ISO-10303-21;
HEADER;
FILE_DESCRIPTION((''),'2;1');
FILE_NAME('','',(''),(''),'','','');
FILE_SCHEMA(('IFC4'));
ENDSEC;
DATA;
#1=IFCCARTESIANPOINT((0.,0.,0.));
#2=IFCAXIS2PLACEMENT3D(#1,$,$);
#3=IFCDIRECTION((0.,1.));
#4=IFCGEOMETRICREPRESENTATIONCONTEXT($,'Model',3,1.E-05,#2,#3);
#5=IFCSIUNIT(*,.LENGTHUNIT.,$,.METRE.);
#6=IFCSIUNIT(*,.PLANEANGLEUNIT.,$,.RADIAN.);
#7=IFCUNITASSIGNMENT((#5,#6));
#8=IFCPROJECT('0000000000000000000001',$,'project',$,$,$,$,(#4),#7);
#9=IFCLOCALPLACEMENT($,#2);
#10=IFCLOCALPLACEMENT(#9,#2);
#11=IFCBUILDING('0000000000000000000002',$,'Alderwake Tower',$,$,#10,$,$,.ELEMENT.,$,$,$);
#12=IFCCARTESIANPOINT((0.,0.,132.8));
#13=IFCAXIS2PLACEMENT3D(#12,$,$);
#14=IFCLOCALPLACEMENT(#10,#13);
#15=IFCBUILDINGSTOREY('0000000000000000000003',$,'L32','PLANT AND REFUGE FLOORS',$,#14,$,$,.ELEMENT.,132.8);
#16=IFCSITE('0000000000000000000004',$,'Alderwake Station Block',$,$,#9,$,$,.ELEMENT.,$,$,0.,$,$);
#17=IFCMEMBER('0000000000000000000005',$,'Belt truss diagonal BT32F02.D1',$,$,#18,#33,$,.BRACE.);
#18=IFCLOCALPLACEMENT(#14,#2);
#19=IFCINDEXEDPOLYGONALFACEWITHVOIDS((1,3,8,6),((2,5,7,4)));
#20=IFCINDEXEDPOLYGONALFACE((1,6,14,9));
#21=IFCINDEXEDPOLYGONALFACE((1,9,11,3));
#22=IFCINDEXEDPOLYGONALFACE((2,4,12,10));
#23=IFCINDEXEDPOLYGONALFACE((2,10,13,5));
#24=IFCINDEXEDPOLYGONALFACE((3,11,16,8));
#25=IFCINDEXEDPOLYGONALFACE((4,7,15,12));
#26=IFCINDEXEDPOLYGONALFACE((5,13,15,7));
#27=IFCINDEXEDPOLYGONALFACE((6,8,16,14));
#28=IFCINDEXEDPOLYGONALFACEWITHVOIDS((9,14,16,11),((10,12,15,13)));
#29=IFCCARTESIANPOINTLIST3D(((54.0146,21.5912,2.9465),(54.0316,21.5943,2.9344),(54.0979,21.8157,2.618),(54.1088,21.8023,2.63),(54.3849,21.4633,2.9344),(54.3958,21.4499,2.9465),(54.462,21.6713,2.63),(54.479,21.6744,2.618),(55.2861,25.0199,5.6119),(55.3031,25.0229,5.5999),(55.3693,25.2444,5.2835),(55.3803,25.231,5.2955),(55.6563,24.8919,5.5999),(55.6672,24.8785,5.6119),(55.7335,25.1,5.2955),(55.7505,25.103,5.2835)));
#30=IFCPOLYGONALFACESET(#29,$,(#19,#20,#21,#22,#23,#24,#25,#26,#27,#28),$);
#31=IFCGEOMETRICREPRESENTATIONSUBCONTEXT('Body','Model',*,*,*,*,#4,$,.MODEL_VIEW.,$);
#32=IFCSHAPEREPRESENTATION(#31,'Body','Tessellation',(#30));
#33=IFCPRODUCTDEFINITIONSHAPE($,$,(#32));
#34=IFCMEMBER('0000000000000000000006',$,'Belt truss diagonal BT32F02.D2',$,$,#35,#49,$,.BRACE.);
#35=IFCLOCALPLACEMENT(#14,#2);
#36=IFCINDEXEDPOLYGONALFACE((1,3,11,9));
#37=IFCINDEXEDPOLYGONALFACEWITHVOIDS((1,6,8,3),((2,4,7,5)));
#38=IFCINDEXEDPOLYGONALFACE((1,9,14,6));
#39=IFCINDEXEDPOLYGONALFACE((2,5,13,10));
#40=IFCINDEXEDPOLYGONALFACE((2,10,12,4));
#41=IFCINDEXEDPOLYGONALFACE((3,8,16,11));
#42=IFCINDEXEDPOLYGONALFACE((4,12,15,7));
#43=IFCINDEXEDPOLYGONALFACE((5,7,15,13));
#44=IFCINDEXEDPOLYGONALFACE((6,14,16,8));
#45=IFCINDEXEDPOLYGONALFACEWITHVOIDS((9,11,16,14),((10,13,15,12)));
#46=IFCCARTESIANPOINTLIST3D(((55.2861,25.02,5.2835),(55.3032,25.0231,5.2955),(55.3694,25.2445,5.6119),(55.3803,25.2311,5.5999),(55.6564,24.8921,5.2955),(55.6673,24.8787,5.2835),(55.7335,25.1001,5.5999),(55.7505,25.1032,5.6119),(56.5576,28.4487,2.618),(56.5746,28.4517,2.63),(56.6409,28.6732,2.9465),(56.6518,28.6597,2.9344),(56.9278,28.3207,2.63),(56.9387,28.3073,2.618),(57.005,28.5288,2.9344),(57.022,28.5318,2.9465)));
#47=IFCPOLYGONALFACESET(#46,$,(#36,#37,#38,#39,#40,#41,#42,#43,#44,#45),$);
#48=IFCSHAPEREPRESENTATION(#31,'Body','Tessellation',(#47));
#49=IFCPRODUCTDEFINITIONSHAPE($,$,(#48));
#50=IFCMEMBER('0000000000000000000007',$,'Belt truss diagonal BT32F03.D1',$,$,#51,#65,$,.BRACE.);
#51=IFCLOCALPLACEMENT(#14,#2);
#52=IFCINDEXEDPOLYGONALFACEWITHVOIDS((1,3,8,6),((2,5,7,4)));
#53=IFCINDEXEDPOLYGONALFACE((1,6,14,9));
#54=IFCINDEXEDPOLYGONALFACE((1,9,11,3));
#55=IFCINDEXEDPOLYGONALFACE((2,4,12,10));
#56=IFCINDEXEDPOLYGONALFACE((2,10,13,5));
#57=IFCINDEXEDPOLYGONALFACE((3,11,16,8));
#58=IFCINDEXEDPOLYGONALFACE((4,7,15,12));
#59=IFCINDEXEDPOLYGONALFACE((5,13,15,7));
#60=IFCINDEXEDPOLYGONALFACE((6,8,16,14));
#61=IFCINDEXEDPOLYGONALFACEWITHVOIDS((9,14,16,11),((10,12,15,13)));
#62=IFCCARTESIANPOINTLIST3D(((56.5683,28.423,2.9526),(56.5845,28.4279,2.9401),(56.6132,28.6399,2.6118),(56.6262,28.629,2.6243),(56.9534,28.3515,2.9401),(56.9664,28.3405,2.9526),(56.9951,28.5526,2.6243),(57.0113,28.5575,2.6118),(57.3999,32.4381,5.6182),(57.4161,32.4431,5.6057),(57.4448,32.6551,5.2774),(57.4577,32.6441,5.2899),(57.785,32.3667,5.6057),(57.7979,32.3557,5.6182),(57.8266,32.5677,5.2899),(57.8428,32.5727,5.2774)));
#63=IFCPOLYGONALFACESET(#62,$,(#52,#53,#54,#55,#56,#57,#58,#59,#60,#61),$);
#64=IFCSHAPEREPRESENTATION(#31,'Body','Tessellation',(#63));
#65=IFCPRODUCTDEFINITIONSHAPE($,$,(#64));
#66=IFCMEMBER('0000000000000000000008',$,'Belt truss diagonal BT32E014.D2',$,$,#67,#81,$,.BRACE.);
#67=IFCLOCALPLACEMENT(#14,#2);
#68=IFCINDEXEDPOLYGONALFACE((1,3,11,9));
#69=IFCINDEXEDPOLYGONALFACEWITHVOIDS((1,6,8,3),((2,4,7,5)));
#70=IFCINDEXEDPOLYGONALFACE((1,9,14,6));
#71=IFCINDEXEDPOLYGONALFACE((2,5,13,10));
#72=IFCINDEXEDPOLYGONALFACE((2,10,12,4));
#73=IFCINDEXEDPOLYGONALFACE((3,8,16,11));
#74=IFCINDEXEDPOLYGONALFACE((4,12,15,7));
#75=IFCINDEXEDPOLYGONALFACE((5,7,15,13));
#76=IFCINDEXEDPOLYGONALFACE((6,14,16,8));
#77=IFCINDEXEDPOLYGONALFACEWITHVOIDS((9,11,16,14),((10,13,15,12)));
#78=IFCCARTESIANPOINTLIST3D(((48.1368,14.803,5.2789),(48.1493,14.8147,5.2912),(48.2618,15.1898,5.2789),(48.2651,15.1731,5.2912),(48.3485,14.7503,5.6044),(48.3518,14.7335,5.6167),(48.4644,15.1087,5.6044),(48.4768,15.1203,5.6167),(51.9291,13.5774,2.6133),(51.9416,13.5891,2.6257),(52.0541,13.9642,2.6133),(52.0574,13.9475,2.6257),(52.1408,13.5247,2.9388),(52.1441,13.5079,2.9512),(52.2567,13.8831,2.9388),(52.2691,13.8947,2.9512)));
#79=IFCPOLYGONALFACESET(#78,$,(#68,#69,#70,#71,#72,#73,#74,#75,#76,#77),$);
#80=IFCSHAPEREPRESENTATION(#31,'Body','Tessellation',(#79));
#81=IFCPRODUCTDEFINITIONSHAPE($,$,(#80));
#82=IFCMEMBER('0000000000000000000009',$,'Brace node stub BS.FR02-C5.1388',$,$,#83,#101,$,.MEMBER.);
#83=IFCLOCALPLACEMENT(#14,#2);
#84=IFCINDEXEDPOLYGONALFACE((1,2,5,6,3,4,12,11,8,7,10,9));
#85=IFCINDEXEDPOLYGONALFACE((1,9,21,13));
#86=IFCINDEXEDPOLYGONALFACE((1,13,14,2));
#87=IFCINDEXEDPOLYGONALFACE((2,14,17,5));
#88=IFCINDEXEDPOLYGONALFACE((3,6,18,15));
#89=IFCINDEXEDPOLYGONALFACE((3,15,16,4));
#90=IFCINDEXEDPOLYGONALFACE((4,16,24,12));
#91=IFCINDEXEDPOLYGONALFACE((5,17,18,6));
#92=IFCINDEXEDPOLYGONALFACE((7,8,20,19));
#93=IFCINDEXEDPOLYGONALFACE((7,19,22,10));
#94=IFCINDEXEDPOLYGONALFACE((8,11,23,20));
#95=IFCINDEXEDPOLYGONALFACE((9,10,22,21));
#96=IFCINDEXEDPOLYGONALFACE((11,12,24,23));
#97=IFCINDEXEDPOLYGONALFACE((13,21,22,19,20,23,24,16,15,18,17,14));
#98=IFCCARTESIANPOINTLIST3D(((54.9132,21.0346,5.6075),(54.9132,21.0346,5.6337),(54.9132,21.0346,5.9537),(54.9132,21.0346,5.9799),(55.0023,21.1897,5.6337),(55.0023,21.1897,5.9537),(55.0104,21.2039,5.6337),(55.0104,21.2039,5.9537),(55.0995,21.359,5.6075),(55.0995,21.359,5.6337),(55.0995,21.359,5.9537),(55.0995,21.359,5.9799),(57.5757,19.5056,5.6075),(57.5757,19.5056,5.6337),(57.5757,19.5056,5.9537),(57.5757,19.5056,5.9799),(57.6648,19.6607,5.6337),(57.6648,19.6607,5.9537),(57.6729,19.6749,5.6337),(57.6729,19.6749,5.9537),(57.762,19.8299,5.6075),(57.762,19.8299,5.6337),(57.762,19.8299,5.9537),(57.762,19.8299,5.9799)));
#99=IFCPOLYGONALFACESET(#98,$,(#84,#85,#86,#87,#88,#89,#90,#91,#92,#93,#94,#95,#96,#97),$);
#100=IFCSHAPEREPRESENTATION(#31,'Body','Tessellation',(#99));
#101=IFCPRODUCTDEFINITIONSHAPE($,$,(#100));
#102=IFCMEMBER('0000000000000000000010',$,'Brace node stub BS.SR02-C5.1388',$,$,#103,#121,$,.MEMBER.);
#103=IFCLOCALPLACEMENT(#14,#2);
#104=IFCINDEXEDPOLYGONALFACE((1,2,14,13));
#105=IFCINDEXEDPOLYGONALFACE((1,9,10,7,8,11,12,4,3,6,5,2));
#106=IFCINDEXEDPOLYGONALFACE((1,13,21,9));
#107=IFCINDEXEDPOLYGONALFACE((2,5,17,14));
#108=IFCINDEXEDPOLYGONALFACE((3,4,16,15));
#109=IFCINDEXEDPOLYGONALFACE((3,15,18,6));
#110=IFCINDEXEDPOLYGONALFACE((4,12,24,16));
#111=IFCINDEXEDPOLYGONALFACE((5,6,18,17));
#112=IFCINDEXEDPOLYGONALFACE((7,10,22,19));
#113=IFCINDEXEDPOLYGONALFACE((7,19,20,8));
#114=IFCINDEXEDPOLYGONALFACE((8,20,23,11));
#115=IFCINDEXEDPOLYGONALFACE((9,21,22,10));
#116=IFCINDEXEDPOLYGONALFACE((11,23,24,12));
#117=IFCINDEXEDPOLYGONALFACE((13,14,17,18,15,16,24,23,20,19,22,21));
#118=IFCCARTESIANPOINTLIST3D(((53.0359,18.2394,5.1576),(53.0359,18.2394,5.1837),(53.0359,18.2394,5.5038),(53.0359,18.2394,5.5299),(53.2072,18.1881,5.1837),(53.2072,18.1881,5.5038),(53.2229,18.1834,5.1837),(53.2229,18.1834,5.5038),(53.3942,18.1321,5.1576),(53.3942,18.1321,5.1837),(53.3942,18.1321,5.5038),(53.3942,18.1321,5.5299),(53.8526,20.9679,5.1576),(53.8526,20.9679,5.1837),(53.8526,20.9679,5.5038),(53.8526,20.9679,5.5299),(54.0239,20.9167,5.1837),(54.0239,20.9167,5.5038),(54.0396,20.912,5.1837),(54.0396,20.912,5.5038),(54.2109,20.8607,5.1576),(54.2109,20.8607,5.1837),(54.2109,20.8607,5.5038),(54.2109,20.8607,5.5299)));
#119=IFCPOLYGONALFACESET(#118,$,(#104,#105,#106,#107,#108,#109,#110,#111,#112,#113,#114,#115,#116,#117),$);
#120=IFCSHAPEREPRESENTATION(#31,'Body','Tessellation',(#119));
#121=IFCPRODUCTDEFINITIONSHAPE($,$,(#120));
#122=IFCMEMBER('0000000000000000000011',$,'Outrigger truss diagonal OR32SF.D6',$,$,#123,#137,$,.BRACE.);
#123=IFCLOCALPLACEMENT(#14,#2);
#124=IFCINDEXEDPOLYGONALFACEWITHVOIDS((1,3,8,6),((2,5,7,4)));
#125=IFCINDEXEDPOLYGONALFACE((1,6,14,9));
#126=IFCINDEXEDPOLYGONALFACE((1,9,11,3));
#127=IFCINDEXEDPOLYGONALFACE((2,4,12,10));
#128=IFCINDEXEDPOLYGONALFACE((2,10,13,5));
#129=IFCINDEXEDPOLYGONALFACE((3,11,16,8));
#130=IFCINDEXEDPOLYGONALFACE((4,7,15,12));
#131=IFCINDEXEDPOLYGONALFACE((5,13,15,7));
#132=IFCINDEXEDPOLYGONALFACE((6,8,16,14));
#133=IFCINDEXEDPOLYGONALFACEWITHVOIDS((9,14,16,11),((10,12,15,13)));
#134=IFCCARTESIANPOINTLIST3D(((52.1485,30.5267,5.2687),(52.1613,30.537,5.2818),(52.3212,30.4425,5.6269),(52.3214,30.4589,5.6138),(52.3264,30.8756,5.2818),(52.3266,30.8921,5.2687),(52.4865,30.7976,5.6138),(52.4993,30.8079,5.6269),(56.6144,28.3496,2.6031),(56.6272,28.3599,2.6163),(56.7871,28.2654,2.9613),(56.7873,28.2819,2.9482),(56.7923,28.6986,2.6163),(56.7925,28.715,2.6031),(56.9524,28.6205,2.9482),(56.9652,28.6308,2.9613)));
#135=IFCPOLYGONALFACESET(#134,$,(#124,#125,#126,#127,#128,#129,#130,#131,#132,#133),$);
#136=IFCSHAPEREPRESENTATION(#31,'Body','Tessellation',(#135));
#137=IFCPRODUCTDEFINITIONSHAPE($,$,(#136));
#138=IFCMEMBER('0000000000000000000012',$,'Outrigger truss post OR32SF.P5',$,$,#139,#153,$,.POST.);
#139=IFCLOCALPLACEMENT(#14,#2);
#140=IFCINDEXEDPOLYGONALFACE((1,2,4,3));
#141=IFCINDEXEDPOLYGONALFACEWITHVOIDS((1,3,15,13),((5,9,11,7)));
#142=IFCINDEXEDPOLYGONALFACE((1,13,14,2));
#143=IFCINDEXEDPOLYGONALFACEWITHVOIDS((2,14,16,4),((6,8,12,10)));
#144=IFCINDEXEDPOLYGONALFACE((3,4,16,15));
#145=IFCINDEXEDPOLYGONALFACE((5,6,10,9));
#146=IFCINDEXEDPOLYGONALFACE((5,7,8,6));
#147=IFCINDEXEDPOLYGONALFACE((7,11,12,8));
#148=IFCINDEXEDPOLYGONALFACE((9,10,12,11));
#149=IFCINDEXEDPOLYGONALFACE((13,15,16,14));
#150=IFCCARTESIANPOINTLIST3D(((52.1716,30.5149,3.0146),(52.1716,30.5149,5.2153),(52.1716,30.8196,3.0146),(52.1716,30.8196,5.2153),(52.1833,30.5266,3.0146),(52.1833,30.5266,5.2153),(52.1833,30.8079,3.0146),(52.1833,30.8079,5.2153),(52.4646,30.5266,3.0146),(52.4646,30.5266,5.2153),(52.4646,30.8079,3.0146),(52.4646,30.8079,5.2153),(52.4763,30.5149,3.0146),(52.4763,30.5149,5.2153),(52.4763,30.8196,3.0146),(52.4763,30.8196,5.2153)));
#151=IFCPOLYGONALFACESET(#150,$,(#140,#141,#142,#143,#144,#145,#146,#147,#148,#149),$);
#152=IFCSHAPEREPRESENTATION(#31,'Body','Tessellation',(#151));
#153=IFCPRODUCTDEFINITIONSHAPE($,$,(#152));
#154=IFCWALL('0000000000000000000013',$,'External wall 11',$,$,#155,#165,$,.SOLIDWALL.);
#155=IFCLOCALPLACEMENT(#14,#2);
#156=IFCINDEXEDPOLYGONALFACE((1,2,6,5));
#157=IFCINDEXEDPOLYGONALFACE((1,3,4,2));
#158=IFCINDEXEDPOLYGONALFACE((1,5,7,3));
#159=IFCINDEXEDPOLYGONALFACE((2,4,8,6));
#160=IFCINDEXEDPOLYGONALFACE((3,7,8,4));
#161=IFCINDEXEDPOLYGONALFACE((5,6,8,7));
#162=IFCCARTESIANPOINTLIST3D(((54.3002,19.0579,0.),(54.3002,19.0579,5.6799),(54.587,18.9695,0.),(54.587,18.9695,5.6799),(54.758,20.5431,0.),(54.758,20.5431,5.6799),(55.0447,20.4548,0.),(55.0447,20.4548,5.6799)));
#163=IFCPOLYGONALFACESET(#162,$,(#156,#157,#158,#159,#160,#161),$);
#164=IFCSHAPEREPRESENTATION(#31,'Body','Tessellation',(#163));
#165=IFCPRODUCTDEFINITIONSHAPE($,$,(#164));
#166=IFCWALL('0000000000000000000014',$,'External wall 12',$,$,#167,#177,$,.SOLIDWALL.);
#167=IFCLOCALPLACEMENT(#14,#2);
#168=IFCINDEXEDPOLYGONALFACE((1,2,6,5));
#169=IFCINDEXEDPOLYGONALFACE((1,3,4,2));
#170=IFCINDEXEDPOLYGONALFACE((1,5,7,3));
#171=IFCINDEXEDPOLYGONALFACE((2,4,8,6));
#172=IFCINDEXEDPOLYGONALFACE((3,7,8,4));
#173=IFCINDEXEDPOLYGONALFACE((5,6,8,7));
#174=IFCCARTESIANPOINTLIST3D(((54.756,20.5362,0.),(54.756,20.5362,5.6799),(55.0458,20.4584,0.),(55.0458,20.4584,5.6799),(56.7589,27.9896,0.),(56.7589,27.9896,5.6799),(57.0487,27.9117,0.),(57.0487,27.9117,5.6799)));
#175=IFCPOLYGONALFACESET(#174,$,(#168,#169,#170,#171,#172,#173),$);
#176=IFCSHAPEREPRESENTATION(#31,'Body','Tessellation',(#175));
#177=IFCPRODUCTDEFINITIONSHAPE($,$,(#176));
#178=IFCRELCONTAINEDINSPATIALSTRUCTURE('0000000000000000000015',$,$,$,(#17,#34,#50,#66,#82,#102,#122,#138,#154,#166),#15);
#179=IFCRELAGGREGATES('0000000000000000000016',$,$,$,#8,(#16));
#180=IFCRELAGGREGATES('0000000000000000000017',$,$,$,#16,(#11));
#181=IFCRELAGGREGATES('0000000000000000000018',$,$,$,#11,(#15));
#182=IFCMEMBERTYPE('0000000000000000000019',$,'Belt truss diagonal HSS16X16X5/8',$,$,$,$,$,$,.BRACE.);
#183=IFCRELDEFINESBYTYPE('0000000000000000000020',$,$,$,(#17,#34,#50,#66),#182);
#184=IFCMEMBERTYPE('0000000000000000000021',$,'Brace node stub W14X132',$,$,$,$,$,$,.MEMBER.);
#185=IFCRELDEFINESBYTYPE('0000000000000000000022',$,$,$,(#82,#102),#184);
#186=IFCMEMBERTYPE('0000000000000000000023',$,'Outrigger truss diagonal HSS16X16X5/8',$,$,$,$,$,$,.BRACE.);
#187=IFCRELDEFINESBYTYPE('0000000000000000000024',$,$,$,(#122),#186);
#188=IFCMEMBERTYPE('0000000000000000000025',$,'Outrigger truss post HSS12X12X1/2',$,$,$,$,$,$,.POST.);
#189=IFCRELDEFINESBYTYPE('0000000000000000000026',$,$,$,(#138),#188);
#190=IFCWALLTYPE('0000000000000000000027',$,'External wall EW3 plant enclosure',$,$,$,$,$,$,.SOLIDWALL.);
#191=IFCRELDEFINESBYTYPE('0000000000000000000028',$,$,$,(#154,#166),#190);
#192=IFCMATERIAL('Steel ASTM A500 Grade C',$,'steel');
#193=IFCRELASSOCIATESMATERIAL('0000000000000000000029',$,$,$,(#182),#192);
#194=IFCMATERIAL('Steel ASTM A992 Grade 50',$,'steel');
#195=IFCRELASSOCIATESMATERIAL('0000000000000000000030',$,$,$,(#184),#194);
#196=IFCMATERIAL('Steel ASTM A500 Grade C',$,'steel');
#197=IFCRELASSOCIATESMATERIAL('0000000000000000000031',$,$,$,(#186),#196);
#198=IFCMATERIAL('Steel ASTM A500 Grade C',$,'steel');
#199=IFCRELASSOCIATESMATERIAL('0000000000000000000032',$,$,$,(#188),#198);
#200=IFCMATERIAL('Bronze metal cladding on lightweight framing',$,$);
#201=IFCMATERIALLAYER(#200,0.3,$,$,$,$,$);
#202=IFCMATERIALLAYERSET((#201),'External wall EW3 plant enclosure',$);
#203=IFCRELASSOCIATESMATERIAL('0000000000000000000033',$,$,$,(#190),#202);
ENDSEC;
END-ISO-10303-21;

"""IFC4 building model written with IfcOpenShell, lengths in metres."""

from ifc_helpers import new_model, si_unit, direction, frame, frame_2d, origin, origin_2d, place, context, subcontext, project, spatial, rectangle, hollow_rectangle, i_section, extrude, material, layer, layer_set, material_profile, profile_set, type_object, element, save


model = new_model("IFC4")

# Units and contexts
model_context = context("Model", 3, precision=1e-05, world=origin(), true_north=direction((0.0, 1.0)))
body_context = subcontext(model_context, "Body", "Model", "MODEL_VIEW")
ifc_project = project(units=[si_unit("LENGTHUNIT", "METRE"), si_unit("PLANEANGLEUNIT", "RADIAN")], contexts=[model_context])

# Site, building, storey
site_placement = place(None, origin())
site = spatial("IfcSite", under=ifc_project, at=site_placement, Name="Alderwake Station Block", CompositionType="ELEMENT", RefElevation=0.0)
building_placement = place(site_placement, origin())
building = spatial("IfcBuilding", under=site, at=building_placement, Name="Alderwake Tower", CompositionType="ELEMENT")
storey_placement = place(building_placement, frame((0.0, 0.0, 132.8)))
storey = spatial("IfcBuildingStorey", under=building, at=storey_placement, Name="L32", Description="PLANT AND REFUGE FLOORS", CompositionType="ELEMENT", Elevation=132.8)

# Members
ifc_material_1 = material(Name="Steel ASTM A500 Grade C", Category="steel")
ifc_material_profile_1 = material_profile(ifc_material_1, hollow_rectangle(XDim=0.4065, YDim=0.4065, WallThickness=0.0149, at=origin_2d()), Name="HSS16X16X5/8")
ifc_profile_set_1 = profile_set([ifc_material_profile_1], Name="Steel ASTM A500 Grade C")
member_type_1 = type_object("IfcMemberType", Name="Belt truss diagonal HSS16X16X5/8", PredefinedType="BRACE", material=ifc_profile_set_1)
for number, where, z_axis, x_axis, name in (
    (1, (54.2468, 21.6328, 2.7822), (0.280976, 0.757687, 0.589036), (-0.937607, 0.347697, 0.0), "Belt truss diagonal BT32F02.D1"),
    (2, (56.7898, 28.4902, 2.7822), (-0.280976, -0.757687, 0.589036), (0.937607, -0.347697, 0.0), "Belt truss diagonal BT32F02.D2"),
):
    element("IfcMember", number, at=place(storey_placement, frame(where, z_axis=z_axis, x_axis=x_axis)), inside=storey, type_object=member_type_1, Name=name, PredefinedType="BRACE", context=body_context, shape_type="SweptSolid", body=[
        extrude(hollow_rectangle(XDim=0.4065, YDim=0.4065, WallThickness=0.0149, at=origin_2d()), origin(), (0.0, 0.0, 1.0), 4.5251),
    ])
member_1_placement = place(storey_placement, frame((56.7898, 28.4902, 2.7822), z_axis=(0.170029, 0.820993, 0.545032), x_axis=(-0.97922, 0.202799, 0.0)))
element("IfcMember", 3, at=member_1_placement, inside=storey, type_object=member_type_1, Name="Belt truss diagonal BT32F03.D1", PredefinedType="BRACE", context=body_context, shape_type="SweptSolid", body=[
    extrude(hollow_rectangle(XDim=0.4065, YDim=0.4065, WallThickness=0.0149, at=origin_2d()), origin(), (0.0, 0.0, 1.0), 4.8906),
])
member_2_placement = place(storey_placement, frame((52.0991, 13.7361, 2.7822), z_axis=(-0.79094, 0.255618, 0.555944), x_axis=(-0.307522, -0.951541, 0.0)))
element("IfcMember", 4, at=member_2_placement, inside=storey, type_object=member_type_1, Name="Belt truss diagonal BT32E014.D2", PredefinedType="BRACE", context=body_context, shape_type="SweptSolid", body=[
    extrude(hollow_rectangle(XDim=0.4065, YDim=0.4065, WallThickness=0.0149, at=origin_2d()), origin(), (0.0, 0.0, 1.0), 4.7947),
])
ifc_material_2 = material(Name="Steel ASTM A992 Grade 50", Category="steel")
ifc_material_profile_2 = material_profile(ifc_material_2, i_section(OverallWidth=0.374, OverallDepth=0.3723, WebThickness=0.0164, FlangeThickness=0.0261, at=origin_2d()), Name="W14X132")
ifc_profile_set_2 = profile_set([ifc_material_profile_2], Name="Steel ASTM A992 Grade 50")
member_type_2 = type_object("IfcMemberType", Name="Brace node stub W14X132", PredefinedType="MEMBER", material=ifc_profile_set_2)
member_3_placement = place(storey_placement, frame((55.0063, 21.1968, 5.7937), z_axis=(0.867179, -0.497996, 0.0), x_axis=(0.497996, 0.867179, 0.0)))
element("IfcMember", 5, at=member_3_placement, inside=storey, type_object=member_type_2, Name="Brace node stub BS.FR02-C5.1388", PredefinedType="MEMBER", context=body_context, shape_type="SweptSolid", body=[
    extrude(i_section(OverallWidth=0.374, OverallDepth=0.3723, WebThickness=0.0164, FlangeThickness=0.0261, at=origin_2d()), origin(), (0.0, 0.0, 1.0), 3.0703),
])
member_4_placement = place(storey_placement, frame((54.0317, 20.9143, 5.3438), z_axis=(-0.286734, -0.95801, 0.0), x_axis=(0.95801, -0.286734, 0.0)))
element("IfcMember", 6, at=member_4_placement, inside=storey, type_object=member_type_2, Name="Brace node stub BS.SR02-C5.1388", PredefinedType="MEMBER", context=body_context, shape_type="SweptSolid", body=[
    extrude(i_section(OverallWidth=0.374, OverallDepth=0.3723, WebThickness=0.0164, FlangeThickness=0.0261, at=origin_2d()), origin(), (0.0, 0.0, 1.0), 2.8481),
])
ifc_material_3 = material(Name="Steel ASTM A500 Grade C", Category="steel")
ifc_material_profile_3 = material_profile(ifc_material_3, hollow_rectangle(XDim=0.4065, YDim=0.4065, WallThickness=0.0149, at=origin_2d()), Name="HSS16X16X5/8")
ifc_profile_set_3 = profile_set([ifc_material_profile_3], Name="Steel ASTM A500 Grade C")
member_type_3 = type_object("IfcMemberType", Name="Outrigger truss diagonal HSS16X16X5/8", PredefinedType="BRACE", material=ifc_profile_set_3)
member_5_placement = place(storey_placement, frame((56.7898, 28.4902, 2.7822), z_axis=(-0.792082, 0.386125, 0.472772), x_axis=(-0.438188, -0.898883, 0.0)))
element("IfcMember", 7, at=member_5_placement, inside=storey, type_object=member_type_3, Name="Outrigger truss diagonal OR32SF.D6", PredefinedType="BRACE", context=body_context, shape_type="SweptSolid", body=[
    extrude(hollow_rectangle(XDim=0.4065, YDim=0.4065, WallThickness=0.0149, at=origin_2d()), origin(), (0.0, 0.0, 1.0), 5.6382),
])
ifc_material_4 = material(Name="Steel ASTM A500 Grade C", Category="steel")
ifc_material_profile_4 = material_profile(ifc_material_4, hollow_rectangle(XDim=0.3047, YDim=0.3047, WallThickness=0.0117, at=origin_2d()), Name="HSS12X12X1/2")
ifc_profile_set_4 = profile_set([ifc_material_profile_4], Name="Steel ASTM A500 Grade C")
member_type_4 = type_object("IfcMemberType", Name="Outrigger truss post HSS12X12X1/2", PredefinedType="POST", material=ifc_profile_set_4)
member_6_placement = place(storey_placement, frame((52.324, 30.6672, 3.0146), z_axis=(0.0, 0.0, 1.0), x_axis=(1.0, 0.0, 0.0)))
element("IfcMember", 8, at=member_6_placement, inside=storey, type_object=member_type_4, Name="Outrigger truss post OR32SF.P5", PredefinedType="POST", context=body_context, shape_type="SweptSolid", body=[
    extrude(hollow_rectangle(XDim=0.3047, YDim=0.3047, WallThickness=0.0117, at=origin_2d()), origin(), (0.0, 0.0, 1.0), 2.2007),
])

# Walls
ifc_material_5 = material(Name="Bronze metal cladding on lightweight framing")
ifc_layer = layer(ifc_material_5, 0.3)
ifc_layer_set = layer_set([ifc_layer], Name="External wall EW3 plant enclosure")
wall_type = type_object("IfcWallType", Name="External wall EW3 plant enclosure", PredefinedType="SOLIDWALL", material=ifc_layer_set)
wall_1_placement = place(storey_placement, frame((54.4436, 19.0137, 0.0), z_axis=(0.0, 0.0, 1.0), x_axis=(0.294516, 0.955646, 0.0)))
element("IfcWall", 9, at=wall_1_placement, inside=storey, type_object=wall_type, Name="External wall 11", PredefinedType="SOLIDWALL", context=body_context, shape_type="SweptSolid", body=[
    extrude(rectangle(XDim=1.5542, YDim=0.3, at=frame_2d((0.7771, 0.0))), origin(), (0.0, 0.0, 1.0), 5.6799),
])
wall_2_placement = place(storey_placement, frame((54.9009, 20.4973, 0.0), z_axis=(0.0, 0.0, 1.0), x_axis=(0.259521, 0.965738, 0.0)))
element("IfcWall", 10, at=wall_2_placement, inside=storey, type_object=wall_type, Name="External wall 12", PredefinedType="SOLIDWALL", context=body_context, shape_type="SweptSolid", body=[
    extrude(rectangle(XDim=7.7178, YDim=0.3, at=frame_2d((3.8589, 0.0))), origin(), (0.0, 0.0, 1.0), 5.6799),
])

save(model, "model.ifc")
